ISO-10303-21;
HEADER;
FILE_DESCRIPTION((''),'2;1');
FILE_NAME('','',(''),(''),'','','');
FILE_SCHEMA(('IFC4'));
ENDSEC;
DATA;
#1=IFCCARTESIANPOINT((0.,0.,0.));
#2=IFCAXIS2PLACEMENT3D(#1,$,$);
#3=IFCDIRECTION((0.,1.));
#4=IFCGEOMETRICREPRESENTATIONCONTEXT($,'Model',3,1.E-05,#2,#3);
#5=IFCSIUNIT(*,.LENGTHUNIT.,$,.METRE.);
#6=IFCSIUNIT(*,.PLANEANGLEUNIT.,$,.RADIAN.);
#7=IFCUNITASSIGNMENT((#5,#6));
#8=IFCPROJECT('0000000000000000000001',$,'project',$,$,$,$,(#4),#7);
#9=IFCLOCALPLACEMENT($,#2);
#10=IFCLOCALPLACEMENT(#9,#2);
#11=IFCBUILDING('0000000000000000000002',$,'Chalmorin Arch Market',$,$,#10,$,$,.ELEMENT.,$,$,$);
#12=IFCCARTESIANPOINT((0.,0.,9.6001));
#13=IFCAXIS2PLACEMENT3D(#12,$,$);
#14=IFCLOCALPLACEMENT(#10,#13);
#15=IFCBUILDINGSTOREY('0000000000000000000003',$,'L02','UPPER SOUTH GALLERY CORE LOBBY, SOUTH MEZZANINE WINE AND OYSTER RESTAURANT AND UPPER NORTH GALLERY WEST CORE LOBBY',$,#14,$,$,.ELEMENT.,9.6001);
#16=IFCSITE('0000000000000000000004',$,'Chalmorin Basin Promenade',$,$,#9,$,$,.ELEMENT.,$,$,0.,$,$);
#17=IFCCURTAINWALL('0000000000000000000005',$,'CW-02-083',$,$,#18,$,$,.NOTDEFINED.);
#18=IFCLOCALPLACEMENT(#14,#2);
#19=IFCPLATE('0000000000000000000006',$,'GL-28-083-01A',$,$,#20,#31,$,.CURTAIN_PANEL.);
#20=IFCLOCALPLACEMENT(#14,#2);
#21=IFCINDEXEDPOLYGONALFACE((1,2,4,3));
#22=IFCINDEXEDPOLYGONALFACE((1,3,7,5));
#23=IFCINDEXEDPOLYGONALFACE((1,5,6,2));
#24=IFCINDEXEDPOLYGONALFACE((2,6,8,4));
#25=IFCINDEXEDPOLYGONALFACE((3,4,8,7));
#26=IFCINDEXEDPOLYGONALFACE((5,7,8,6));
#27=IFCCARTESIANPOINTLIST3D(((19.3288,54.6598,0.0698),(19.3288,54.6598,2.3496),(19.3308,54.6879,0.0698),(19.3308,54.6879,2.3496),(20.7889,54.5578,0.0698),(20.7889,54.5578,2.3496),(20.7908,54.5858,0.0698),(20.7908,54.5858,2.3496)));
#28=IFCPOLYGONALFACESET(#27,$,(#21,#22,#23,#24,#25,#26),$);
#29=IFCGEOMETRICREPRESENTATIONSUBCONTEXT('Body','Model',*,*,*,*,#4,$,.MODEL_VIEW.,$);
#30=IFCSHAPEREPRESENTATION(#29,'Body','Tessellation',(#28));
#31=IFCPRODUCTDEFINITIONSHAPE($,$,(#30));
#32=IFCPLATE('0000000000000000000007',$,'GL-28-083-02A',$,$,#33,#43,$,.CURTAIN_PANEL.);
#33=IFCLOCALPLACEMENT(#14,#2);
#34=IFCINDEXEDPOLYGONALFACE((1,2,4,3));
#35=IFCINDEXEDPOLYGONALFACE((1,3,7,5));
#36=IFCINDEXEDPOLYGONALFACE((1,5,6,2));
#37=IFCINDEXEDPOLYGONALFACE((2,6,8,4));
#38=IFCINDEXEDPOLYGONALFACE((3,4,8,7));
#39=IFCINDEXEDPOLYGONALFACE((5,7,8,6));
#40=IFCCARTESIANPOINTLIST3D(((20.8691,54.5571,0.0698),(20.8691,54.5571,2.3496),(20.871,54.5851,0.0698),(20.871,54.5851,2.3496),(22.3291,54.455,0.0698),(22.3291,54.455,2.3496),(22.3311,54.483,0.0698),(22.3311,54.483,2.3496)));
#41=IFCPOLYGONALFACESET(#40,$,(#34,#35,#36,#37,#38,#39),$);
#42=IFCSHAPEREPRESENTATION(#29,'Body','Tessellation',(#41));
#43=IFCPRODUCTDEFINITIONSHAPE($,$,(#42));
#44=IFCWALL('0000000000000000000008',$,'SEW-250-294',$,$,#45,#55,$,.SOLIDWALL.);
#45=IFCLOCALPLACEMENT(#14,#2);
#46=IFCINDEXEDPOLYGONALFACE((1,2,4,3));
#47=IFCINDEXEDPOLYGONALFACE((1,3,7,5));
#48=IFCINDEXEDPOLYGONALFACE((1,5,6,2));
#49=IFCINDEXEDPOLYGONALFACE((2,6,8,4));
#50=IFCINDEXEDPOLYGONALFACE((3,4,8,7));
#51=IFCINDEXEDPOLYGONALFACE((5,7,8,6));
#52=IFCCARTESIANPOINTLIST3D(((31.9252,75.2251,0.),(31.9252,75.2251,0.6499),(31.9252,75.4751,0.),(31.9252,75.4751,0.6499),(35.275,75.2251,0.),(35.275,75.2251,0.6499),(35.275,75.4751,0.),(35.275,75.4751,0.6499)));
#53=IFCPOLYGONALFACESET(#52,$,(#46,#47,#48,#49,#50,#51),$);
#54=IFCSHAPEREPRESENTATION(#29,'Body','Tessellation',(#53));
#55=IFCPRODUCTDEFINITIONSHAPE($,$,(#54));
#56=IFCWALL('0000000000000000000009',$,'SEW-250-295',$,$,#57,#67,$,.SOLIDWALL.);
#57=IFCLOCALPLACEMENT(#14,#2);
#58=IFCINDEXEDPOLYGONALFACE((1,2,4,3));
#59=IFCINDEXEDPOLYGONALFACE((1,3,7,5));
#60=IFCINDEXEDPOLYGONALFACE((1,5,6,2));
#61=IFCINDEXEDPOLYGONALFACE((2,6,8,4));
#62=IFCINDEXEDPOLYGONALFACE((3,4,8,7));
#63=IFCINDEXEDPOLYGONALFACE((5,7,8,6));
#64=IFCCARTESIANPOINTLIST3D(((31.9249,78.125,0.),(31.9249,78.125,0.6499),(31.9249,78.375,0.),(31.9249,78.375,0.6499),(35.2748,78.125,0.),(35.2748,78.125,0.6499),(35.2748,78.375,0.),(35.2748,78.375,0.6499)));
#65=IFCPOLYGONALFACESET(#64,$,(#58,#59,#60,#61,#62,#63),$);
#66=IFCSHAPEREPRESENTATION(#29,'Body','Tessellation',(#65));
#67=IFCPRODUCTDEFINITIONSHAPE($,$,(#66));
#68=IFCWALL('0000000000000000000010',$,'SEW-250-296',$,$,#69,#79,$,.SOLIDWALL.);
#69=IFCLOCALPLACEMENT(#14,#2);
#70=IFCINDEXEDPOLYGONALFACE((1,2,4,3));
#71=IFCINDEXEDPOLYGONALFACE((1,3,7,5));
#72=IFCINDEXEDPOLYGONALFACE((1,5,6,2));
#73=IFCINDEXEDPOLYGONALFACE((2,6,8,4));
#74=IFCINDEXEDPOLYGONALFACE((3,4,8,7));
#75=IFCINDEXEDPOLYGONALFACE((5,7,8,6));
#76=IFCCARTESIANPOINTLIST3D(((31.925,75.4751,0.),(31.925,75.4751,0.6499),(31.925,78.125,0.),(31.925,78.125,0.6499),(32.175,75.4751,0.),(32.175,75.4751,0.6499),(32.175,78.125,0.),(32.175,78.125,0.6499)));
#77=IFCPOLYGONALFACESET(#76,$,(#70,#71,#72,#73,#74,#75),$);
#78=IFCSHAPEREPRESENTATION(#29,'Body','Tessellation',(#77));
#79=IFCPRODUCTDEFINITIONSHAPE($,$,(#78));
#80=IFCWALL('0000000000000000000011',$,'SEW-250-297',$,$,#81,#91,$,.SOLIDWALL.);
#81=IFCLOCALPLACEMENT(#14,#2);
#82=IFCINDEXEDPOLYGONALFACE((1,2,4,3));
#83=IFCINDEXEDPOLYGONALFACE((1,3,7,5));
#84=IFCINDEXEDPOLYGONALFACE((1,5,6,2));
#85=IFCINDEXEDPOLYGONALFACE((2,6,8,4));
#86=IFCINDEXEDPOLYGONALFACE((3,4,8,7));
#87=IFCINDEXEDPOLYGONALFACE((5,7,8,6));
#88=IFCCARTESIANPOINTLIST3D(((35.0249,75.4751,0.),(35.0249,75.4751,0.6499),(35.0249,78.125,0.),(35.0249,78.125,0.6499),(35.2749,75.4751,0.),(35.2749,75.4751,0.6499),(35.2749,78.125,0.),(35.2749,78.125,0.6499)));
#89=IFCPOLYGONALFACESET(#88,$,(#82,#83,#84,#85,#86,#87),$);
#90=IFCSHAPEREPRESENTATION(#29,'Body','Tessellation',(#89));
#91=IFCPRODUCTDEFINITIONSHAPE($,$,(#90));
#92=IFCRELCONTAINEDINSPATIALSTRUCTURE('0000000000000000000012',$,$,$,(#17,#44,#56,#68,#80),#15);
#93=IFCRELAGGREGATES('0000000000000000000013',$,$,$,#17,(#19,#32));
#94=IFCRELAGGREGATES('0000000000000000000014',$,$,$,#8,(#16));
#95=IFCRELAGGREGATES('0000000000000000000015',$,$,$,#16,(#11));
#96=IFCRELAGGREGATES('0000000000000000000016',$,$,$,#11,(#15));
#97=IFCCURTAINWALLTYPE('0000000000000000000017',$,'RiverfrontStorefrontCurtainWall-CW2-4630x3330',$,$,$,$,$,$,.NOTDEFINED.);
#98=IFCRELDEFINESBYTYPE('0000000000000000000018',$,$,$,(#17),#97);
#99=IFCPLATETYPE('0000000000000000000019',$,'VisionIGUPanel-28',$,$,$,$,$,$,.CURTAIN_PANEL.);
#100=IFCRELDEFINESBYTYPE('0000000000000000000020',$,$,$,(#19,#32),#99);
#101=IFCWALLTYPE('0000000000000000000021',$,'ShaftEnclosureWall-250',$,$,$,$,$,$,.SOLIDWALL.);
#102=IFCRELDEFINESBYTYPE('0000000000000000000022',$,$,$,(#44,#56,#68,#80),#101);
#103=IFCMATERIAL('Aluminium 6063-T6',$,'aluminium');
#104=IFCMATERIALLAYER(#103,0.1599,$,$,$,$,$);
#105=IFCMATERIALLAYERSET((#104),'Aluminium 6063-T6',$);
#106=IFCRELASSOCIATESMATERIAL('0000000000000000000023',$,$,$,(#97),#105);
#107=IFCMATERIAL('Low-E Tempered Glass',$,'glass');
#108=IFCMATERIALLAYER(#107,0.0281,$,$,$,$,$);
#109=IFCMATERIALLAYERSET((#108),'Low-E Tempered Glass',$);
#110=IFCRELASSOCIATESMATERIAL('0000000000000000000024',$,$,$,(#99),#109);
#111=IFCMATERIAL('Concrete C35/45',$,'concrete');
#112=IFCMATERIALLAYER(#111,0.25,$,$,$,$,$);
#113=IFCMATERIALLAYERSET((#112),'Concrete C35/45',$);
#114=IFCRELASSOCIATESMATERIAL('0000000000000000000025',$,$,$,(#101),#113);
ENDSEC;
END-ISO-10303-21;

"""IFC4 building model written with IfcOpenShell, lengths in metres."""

from ifc_helpers import new_model, si_unit, direction, frame, frame_2d, origin, origin_2d, place, context, subcontext, project, spatial, rectangle, extrude, material, layer, layer_set, type_object, element, aggregate, save


model = new_model("IFC4")

# Units and contexts
model_context = context("Model", 3, precision=1e-05, world=origin(), true_north=direction((0.0, 1.0)))
body_context = subcontext(model_context, "Body", "Model", "MODEL_VIEW")
ifc_project = project(units=[si_unit("LENGTHUNIT", "METRE"), si_unit("PLANEANGLEUNIT", "RADIAN")], contexts=[model_context])

# Site, building, storey
site_placement = place(None, origin())
site = spatial("IfcSite", under=ifc_project, at=site_placement, Name="Chalmorin Basin Promenade", CompositionType="ELEMENT", RefElevation=0.0)
building_placement = place(site_placement, origin())
building = spatial("IfcBuilding", under=site, at=building_placement, Name="Chalmorin Arch Market", CompositionType="ELEMENT")
storey_placement = place(building_placement, frame((0.0, 0.0, 9.6001)))
storey = spatial("IfcBuildingStorey", under=building, at=storey_placement, Name="L02", Description="UPPER SOUTH GALLERY CORE LOBBY, SOUTH MEZZANINE WINE AND OYSTER RESTAURANT AND UPPER NORTH GALLERY WEST CORE LOBBY", CompositionType="ELEMENT", Elevation=9.6001)

# Curtain wall
ifc_material_1 = material(Name="Aluminium 6063-T6", Category="aluminium")
ifc_layer_1 = layer(ifc_material_1, 0.1599)
ifc_layer_set_1 = layer_set([ifc_layer_1], Name="Aluminium 6063-T6")
curtain_wall_type_1 = type_object("IfcCurtainWallType", Name="RiverfrontStorefrontCurtainWall-CW2-4630x3330", PredefinedType="NOTDEFINED", material=ifc_layer_set_1)
curtain_wall_1_placement = place(storey_placement, origin())
curtain_wall_1 = element("IfcCurtainWall", 1, at=curtain_wall_1_placement, inside=storey, type_object=curtain_wall_type_1, Name="CW-02-083", PredefinedType="NOTDEFINED")

# Plates
ifc_material_2 = material(Name="Low-E Tempered Glass", Category="glass")
ifc_layer_2 = layer(ifc_material_2, 0.0281)
ifc_layer_set_2 = layer_set([ifc_layer_2], Name="Low-E Tempered Glass")
plate_type_1 = type_object("IfcPlateType", Name="VisionIGUPanel-28", PredefinedType="CURTAIN_PANEL", material=ifc_layer_set_2)
plate_1_placement = place(storey_placement, frame((20.0598, 54.6228, 0.0698), z_axis=(0.0, 0.0, 1.0), x_axis=(0.997564, -0.069756, 0.0)))
plate_1 = element("IfcPlate", 2, at=plate_1_placement, type_object=plate_type_1, Name="GL-28-083-01A", PredefinedType="CURTAIN_PANEL", context=body_context, shape_type="SweptSolid", body=[
    extrude(rectangle(XDim=1.4636, YDim=0.0281, at=origin_2d()), origin(), (0.0, 0.0, 1.0), 2.2798),
])
plate_2_placement = place(storey_placement, frame((21.6001, 54.52, 0.0698), z_axis=(0.0, 0.0, 1.0), x_axis=(0.997564, -0.069756, 0.0)))
plate_2 = element("IfcPlate", 3, at=plate_2_placement, type_object=plate_type_1, Name="GL-28-083-02A", PredefinedType="CURTAIN_PANEL", context=body_context, shape_type="SweptSolid", body=[
    extrude(rectangle(XDim=1.4636, YDim=0.0281, at=origin_2d()), origin(), (0.0, 0.0, 1.0), 2.2798),
])
aggregate(curtain_wall_1, [plate_1, plate_2])

# Walls
ifc_material_3 = material(Name="Concrete C35/45", Category="concrete")
ifc_layer_3 = layer(ifc_material_3, 0.25)
ifc_layer_set_3 = layer_set([ifc_layer_3], Name="Concrete C35/45")
wall_type = type_object("IfcWallType", Name="ShaftEnclosureWall-250", PredefinedType="SOLIDWALL", material=ifc_layer_set_3)
for number, where, z_axis, x_axis, name in (
    (4, (35.2749, 75.3501, 0.0), (0.0, 0.0, 1.0), (-1.0, 0.0, 0.0), "SEW-250-294"),
    (5, (31.925, 78.25, 0.0), (0.0, 0.0, 1.0), (1.0, 0.0, 0.0), "SEW-250-295"),
):
    element("IfcWall", number, at=place(storey_placement, frame(where, z_axis=z_axis, x_axis=x_axis)), inside=storey, type_object=wall_type, Name=name, PredefinedType="SOLIDWALL", context=body_context, shape_type="SweptSolid", body=[
        extrude(rectangle(XDim=3.3499, YDim=0.25, at=frame_2d((1.6748, 0.0))), origin(), (0.0, 0.0, 1.0), 0.6499),
    ])
for number, where, z_axis, x_axis, name in (
    (6, (32.05, 75.4751, 0.0), (0.0, 0.0, 1.0), (0.0, 1.0, 0.0), "SEW-250-296"),
    (7, (35.1499, 78.125, 0.0), (0.0, 0.0, 1.0), (0.0, -1.0, 0.0), "SEW-250-297"),
):
    element("IfcWall", number, at=place(storey_placement, frame(where, z_axis=z_axis, x_axis=x_axis)), inside=storey, type_object=wall_type, Name=name, PredefinedType="SOLIDWALL", context=body_context, shape_type="SweptSolid", body=[
        extrude(rectangle(XDim=2.6499, YDim=0.25, at=frame_2d((1.325, 0.0))), origin(), (0.0, 0.0, 1.0), 0.6499),
    ])

save(model, "model.ifc")
